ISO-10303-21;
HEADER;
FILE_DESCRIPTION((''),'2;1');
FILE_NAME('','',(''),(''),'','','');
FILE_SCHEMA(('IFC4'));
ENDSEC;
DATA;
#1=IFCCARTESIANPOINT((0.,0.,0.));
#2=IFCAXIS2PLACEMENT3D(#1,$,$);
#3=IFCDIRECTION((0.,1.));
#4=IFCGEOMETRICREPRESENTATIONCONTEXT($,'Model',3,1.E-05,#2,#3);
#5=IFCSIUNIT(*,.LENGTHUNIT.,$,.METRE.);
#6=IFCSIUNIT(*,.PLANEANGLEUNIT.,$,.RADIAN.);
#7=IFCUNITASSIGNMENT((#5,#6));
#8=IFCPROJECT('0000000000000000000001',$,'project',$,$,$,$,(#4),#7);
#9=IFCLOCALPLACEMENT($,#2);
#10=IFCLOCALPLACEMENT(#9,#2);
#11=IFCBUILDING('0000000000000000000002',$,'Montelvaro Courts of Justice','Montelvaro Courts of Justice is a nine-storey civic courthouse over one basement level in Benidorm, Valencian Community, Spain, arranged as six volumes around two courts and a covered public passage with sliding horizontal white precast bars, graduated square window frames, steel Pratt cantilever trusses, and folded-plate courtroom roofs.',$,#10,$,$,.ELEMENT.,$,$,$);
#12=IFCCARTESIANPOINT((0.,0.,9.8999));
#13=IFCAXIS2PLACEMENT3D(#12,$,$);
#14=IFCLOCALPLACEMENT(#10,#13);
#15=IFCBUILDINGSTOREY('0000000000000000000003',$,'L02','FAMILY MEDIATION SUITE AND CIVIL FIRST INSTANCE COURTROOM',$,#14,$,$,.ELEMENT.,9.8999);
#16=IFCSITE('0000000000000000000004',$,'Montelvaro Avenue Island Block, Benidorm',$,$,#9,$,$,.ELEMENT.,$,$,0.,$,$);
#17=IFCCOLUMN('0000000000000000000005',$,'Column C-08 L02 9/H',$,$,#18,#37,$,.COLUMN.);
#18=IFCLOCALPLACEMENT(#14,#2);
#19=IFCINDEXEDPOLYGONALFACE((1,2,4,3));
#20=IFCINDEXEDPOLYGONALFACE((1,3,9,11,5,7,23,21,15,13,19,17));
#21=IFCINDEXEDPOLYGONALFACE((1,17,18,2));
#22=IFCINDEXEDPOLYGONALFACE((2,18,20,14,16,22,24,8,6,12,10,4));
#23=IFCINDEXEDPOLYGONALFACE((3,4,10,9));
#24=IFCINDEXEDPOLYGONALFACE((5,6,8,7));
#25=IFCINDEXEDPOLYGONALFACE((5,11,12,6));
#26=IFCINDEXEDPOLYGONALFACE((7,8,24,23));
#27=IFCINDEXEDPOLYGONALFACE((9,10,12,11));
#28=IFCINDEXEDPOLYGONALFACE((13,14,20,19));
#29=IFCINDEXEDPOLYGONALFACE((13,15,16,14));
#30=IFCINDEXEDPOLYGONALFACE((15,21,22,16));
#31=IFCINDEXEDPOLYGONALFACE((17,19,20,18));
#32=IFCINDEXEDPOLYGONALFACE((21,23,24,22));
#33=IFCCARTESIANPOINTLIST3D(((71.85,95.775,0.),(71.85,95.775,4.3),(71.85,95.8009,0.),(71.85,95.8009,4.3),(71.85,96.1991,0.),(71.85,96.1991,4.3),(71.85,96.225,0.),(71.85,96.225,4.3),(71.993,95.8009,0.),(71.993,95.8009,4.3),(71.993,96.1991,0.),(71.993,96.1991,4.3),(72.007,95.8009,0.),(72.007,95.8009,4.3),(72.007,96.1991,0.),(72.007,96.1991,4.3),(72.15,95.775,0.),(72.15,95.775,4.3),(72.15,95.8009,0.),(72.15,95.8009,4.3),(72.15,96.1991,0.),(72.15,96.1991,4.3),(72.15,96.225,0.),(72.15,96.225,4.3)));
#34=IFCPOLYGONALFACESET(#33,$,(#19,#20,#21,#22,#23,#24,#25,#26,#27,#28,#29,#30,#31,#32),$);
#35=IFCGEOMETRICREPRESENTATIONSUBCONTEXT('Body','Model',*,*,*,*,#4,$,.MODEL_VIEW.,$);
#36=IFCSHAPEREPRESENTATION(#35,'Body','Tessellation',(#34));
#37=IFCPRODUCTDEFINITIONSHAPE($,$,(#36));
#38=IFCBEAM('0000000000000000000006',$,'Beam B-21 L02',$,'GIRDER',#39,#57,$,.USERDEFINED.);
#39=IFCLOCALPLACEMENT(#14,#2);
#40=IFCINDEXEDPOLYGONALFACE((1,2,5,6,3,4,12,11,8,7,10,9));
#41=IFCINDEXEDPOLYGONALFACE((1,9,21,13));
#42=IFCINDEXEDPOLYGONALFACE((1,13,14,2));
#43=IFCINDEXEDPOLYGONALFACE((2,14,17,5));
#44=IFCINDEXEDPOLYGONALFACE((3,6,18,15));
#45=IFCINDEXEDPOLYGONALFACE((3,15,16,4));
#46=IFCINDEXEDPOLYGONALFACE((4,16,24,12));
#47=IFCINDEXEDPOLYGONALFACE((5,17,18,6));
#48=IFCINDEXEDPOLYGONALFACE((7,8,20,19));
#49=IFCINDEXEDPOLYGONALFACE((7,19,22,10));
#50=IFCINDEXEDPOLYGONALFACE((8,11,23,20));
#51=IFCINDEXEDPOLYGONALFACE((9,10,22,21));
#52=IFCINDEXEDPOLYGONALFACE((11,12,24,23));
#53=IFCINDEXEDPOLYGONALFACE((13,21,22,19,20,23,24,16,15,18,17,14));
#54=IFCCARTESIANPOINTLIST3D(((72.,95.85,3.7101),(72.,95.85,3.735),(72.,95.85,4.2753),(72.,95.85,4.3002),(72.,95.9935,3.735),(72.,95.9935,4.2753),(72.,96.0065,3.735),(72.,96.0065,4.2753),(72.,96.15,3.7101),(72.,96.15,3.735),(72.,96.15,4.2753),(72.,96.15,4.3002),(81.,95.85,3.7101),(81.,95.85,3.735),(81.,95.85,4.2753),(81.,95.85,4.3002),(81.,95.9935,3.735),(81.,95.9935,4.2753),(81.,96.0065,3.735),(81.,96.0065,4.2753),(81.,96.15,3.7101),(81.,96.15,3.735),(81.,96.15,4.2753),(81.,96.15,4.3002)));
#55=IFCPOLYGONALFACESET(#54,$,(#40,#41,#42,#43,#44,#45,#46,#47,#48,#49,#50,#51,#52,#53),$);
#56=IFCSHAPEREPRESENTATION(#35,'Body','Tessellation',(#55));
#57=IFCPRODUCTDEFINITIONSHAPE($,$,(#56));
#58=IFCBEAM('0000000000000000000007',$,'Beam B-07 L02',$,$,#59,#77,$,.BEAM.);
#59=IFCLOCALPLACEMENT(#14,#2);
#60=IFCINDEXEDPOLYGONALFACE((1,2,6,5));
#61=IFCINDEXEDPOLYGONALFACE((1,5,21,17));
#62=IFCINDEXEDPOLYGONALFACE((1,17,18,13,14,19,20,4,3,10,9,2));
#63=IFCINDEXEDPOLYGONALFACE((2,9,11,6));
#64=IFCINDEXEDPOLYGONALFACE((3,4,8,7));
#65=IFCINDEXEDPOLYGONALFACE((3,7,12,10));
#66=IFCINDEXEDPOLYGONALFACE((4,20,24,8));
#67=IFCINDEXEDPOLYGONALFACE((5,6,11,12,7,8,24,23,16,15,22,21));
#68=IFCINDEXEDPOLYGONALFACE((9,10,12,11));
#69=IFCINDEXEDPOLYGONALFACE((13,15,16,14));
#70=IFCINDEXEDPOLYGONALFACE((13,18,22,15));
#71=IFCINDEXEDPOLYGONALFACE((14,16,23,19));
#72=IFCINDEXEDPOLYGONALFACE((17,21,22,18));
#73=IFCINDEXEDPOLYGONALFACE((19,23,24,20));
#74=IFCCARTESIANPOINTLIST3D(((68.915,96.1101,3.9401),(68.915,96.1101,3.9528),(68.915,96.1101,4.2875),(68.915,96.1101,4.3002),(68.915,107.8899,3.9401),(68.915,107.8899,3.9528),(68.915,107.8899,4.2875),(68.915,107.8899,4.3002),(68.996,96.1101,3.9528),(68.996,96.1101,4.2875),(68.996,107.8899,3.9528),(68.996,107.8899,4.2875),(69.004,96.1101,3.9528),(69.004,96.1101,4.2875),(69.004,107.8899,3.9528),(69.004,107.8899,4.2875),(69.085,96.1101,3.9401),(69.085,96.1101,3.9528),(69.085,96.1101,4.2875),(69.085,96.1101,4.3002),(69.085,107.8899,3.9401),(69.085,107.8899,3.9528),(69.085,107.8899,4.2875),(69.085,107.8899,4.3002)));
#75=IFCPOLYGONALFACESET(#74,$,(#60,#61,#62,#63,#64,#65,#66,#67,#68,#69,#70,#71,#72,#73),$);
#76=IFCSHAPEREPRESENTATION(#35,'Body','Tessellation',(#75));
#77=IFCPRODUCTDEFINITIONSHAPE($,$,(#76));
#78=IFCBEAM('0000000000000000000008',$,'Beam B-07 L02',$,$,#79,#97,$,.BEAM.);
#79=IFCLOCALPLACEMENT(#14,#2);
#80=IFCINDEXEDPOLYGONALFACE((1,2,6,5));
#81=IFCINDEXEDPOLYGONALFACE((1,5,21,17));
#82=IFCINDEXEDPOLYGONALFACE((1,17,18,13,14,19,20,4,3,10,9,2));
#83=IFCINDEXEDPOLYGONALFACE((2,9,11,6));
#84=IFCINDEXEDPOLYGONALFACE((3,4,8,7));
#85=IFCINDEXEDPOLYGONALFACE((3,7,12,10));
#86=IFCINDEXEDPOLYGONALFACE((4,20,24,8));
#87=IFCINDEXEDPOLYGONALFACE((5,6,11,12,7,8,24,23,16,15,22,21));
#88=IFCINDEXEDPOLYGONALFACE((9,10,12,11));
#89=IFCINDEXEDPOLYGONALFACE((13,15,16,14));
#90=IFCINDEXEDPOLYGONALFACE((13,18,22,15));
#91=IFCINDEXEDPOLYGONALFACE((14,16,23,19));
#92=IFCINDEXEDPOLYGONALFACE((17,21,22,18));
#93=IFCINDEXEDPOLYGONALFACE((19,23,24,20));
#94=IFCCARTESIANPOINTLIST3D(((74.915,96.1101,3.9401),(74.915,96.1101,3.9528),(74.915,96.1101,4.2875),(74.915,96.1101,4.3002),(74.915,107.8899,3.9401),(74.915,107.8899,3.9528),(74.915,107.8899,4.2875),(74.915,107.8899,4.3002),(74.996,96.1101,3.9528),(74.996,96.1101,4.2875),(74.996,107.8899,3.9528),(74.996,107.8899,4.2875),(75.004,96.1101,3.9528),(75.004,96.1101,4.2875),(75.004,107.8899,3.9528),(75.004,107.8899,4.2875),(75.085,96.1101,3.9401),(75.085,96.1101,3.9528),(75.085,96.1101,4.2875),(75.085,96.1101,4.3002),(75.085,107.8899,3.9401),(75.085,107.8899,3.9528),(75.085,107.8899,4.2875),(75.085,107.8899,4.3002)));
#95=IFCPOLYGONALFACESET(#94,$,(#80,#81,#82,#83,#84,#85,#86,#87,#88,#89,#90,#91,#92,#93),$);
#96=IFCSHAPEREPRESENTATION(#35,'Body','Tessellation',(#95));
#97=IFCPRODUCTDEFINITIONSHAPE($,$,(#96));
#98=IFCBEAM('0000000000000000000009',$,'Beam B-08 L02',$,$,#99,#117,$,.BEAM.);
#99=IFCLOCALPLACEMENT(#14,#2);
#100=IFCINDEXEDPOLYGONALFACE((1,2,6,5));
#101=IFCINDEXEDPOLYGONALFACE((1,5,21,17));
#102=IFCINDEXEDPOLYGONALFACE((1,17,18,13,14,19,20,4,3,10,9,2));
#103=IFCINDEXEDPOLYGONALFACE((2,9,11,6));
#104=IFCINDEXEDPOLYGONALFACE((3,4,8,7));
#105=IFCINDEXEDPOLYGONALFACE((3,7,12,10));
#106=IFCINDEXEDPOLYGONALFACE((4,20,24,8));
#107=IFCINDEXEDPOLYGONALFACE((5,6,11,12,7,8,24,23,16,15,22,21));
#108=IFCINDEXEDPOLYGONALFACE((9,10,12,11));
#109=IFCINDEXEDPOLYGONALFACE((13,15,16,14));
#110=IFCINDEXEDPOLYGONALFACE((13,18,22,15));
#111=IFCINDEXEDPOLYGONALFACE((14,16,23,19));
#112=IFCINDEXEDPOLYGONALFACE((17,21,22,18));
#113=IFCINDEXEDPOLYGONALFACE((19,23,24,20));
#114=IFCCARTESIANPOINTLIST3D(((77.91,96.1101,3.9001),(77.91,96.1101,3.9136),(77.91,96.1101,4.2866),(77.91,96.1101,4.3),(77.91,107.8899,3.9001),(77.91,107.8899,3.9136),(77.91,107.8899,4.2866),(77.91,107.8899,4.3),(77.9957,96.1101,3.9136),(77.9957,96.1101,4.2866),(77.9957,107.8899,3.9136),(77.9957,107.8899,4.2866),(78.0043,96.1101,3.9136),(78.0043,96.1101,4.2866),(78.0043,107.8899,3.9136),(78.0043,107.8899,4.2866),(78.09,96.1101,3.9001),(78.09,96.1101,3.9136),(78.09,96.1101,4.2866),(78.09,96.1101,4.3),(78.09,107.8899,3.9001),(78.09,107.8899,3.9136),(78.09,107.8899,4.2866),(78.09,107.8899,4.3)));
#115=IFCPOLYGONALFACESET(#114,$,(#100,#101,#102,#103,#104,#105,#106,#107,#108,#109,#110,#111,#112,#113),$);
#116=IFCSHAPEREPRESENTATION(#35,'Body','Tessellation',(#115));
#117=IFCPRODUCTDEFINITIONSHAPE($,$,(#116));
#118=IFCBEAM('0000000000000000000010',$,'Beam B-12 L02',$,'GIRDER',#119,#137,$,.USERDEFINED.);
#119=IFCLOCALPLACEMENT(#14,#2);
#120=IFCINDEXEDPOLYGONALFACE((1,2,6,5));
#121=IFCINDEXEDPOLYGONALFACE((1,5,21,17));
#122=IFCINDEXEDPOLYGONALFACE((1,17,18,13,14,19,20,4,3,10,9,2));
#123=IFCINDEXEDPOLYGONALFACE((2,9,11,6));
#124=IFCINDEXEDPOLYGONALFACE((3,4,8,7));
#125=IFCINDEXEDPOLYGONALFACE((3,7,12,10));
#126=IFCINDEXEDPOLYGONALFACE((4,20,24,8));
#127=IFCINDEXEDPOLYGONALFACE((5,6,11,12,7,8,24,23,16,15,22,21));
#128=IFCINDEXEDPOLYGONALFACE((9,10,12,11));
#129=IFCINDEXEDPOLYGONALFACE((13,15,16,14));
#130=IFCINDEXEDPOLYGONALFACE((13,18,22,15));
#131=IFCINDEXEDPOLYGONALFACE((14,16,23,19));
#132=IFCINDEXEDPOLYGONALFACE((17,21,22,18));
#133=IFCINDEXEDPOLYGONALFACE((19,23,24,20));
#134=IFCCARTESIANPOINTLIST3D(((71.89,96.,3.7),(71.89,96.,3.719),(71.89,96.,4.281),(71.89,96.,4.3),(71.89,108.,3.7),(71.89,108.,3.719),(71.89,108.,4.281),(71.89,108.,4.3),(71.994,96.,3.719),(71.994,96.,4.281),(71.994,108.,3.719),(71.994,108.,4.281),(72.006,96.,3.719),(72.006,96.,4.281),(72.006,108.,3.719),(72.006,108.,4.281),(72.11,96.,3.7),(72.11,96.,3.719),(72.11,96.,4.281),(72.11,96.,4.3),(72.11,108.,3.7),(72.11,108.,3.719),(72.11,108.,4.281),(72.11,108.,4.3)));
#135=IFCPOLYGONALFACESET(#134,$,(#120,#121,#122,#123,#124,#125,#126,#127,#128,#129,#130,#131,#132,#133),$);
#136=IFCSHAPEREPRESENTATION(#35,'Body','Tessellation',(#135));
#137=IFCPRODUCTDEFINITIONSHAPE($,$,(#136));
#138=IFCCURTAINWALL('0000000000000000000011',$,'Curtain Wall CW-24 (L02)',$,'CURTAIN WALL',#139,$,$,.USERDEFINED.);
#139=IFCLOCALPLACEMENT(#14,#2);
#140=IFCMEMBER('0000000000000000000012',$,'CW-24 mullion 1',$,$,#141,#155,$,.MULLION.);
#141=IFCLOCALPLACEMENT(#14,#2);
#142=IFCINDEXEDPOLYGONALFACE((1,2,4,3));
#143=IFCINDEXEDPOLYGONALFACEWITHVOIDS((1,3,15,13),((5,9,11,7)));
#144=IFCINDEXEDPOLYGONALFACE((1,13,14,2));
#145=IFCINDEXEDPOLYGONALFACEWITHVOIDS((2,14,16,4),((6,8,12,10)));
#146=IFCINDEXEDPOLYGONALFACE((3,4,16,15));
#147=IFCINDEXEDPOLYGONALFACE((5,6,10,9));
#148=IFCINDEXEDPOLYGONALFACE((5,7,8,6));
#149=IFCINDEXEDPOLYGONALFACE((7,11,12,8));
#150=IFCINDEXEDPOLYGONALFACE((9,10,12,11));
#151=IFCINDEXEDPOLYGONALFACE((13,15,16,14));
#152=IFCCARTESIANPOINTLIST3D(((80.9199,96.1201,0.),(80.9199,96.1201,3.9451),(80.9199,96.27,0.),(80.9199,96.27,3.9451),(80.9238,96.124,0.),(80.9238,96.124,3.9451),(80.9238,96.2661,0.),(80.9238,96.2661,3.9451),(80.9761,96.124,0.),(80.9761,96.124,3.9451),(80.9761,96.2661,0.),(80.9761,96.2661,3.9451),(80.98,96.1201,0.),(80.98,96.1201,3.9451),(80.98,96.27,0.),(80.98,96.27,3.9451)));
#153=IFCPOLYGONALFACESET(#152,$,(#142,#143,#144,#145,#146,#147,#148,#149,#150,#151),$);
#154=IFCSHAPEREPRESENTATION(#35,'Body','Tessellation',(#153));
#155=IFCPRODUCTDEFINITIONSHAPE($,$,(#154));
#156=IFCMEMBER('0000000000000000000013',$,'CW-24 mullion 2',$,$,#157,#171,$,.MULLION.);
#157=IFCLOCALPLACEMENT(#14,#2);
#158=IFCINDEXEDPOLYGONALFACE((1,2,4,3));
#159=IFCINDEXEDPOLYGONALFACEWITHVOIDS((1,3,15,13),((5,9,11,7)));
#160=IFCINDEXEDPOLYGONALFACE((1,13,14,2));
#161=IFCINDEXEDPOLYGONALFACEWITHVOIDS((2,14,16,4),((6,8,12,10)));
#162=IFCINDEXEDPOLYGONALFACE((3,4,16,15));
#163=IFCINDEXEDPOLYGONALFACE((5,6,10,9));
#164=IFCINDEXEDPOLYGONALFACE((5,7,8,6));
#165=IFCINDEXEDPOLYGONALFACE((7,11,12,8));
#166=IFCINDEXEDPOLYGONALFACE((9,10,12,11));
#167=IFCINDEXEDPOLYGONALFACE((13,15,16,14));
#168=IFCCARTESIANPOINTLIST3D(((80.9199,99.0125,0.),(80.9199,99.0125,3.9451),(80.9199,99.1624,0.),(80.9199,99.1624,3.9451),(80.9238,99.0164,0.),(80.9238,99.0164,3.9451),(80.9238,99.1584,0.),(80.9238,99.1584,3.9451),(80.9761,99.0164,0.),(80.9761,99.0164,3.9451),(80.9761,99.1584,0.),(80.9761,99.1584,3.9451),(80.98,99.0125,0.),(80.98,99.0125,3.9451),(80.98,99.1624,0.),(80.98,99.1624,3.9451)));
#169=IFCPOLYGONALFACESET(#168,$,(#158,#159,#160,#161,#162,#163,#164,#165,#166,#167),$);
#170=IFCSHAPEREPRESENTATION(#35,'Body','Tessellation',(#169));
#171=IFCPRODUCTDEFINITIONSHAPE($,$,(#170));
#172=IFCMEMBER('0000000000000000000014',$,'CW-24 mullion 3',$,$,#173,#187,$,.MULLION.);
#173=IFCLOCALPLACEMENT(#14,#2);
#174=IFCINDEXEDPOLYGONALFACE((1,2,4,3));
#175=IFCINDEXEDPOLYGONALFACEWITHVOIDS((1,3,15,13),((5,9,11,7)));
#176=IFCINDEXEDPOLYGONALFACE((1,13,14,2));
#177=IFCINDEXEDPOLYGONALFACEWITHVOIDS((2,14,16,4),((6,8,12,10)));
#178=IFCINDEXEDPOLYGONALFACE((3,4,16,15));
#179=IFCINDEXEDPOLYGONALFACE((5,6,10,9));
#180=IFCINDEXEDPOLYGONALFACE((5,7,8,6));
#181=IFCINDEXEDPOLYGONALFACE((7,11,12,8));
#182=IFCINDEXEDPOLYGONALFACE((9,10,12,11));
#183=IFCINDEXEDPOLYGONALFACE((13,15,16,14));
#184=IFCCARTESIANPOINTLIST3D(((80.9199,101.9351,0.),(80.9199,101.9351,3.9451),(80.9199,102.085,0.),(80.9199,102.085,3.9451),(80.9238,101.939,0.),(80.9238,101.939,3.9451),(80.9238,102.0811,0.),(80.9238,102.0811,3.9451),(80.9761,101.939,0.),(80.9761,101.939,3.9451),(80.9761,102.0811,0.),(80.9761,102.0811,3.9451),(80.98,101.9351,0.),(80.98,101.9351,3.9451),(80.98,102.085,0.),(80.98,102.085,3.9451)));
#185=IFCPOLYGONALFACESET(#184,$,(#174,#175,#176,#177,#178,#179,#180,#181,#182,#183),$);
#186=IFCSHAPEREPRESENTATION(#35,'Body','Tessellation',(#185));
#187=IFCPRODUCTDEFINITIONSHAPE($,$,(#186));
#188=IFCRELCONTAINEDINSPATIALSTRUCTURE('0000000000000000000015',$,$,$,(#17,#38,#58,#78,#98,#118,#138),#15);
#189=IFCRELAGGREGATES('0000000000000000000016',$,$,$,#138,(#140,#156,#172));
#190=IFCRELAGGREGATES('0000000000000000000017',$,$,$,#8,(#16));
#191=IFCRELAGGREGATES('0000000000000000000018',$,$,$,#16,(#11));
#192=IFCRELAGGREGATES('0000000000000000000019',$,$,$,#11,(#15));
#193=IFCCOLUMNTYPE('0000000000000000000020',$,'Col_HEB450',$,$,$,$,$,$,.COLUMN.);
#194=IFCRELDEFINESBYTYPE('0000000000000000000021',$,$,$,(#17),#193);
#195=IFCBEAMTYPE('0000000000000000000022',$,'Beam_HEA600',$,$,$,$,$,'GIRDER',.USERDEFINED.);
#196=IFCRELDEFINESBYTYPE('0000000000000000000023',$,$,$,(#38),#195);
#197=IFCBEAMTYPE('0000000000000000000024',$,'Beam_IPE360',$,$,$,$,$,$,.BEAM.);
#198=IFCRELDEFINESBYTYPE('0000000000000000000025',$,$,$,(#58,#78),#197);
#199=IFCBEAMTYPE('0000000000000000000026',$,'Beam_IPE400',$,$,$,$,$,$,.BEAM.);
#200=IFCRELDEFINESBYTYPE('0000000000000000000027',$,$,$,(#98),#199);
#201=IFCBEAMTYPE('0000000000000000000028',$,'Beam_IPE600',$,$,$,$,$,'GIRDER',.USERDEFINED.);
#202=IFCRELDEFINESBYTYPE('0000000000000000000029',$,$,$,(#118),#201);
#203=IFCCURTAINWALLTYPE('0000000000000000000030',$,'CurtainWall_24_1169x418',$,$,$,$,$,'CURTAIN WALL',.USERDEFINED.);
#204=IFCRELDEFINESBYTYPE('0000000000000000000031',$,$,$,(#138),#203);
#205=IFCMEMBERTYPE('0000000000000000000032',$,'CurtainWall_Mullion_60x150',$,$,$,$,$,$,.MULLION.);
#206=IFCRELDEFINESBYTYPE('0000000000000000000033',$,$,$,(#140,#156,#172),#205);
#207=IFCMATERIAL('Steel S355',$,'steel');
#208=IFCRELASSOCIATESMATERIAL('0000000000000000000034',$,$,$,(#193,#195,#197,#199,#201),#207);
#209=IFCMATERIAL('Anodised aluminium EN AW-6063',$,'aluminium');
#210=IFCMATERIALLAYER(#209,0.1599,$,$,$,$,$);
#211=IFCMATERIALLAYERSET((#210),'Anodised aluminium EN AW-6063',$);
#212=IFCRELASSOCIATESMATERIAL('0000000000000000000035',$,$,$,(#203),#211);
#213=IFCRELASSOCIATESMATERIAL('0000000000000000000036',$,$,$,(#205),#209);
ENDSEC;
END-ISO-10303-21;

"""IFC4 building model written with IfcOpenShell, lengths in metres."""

from ifc_helpers import new_model, si_unit, direction, frame, origin, origin_2d, place, context, subcontext, project, spatial, hollow_rectangle, i_section, extrude, material, layer, layer_set, material_profile, profile_set, type_object, element, aggregate, save


model = new_model("IFC4")

# Units and contexts
model_context = context("Model", 3, precision=1e-05, world=origin(), true_north=direction((0.0, 1.0)))
body_context = subcontext(model_context, "Body", "Model", "MODEL_VIEW")
ifc_project = project(units=[si_unit("LENGTHUNIT", "METRE"), si_unit("PLANEANGLEUNIT", "RADIAN")], contexts=[model_context])

# Site, building, storey
site_placement = place(None, origin())
site = spatial("IfcSite", under=ifc_project, at=site_placement, Name="Montelvaro Avenue Island Block, Benidorm", CompositionType="ELEMENT", RefElevation=0.0)
building_placement = place(site_placement, origin())
building = spatial("IfcBuilding", under=site, at=building_placement, Name="Montelvaro Courts of Justice", Description="Montelvaro Courts of Justice is a nine-storey civic courthouse over one basement level in Benidorm, Valencian Community, Spain, arranged as six volumes around two courts and a covered public passage with sliding horizontal white precast bars, graduated square window frames, steel Pratt cantilever trusses, and folded-plate courtroom roofs.", CompositionType="ELEMENT")
storey_placement = place(building_placement, frame((0.0, 0.0, 9.8999)))
storey = spatial("IfcBuildingStorey", under=building, at=storey_placement, Name="L02", Description="FAMILY MEDIATION SUITE AND CIVIL FIRST INSTANCE COURTROOM", CompositionType="ELEMENT", Elevation=9.8999)

# Column
ifc_material_1 = material(Name="Steel S355", Category="steel")
ifc_material_profile_1 = material_profile(ifc_material_1, i_section(OverallWidth=0.3, OverallDepth=0.45, WebThickness=0.0139, FlangeThickness=0.0259, at=origin_2d()), Name="HEB 450")
ifc_profile_set_1 = profile_set([ifc_material_profile_1], Name="Steel S355")
column_type = type_object("IfcColumnType", Name="Col_HEB450", PredefinedType="COLUMN", material=ifc_profile_set_1)
column_placement = place(storey_placement, frame((72.0, 96.0, 0.0), z_axis=(0.0, 0.0, 1.0), x_axis=(1.0, 0.0, 0.0)))
element("IfcColumn", 1, at=column_placement, inside=storey, type_object=column_type, Name="Column C-08 L02 9/H", PredefinedType="COLUMN", context=body_context, shape_type="SweptSolid", body=[
    extrude(i_section(OverallWidth=0.3, OverallDepth=0.45, WebThickness=0.0139, FlangeThickness=0.0259, at=origin_2d()), origin(), (0.0, 0.0, 1.0), 4.3),
])

# Beams
ifc_material_profile_2 = material_profile(ifc_material_1, i_section(OverallWidth=0.3, OverallDepth=0.5901, WebThickness=0.0129, FlangeThickness=0.0249, at=origin_2d()), Name="HEA 600")
ifc_profile_set_2 = profile_set([ifc_material_profile_2], Name="Steel S355")
beam_type_1 = type_object("IfcBeamType", Name="Beam_HEA600", ElementType="GIRDER", PredefinedType="USERDEFINED", material=ifc_profile_set_2)
beam_1_placement = place(storey_placement, frame((72.0, 96.0, 4.0051), z_axis=(1.0, 0.0, 0.0), x_axis=(0.0, 1.0, 0.0)))
element("IfcBeam", 2, at=beam_1_placement, inside=storey, type_object=beam_type_1, Name="Beam B-21 L02", ObjectType="GIRDER", PredefinedType="USERDEFINED", context=body_context, shape_type="SweptSolid", body=[
    extrude(i_section(OverallWidth=0.3, OverallDepth=0.5901, WebThickness=0.0129, FlangeThickness=0.0249, at=origin_2d()), origin(), (0.0, 0.0, 1.0), 9.0),
])
ifc_material_profile_3 = material_profile(ifc_material_1, i_section(OverallWidth=0.1699, OverallDepth=0.3601, WebThickness=0.0081, FlangeThickness=0.0127, at=origin_2d()), Name="IPE 360")
ifc_profile_set_3 = profile_set([ifc_material_profile_3], Name="Steel S355")
beam_type_2 = type_object("IfcBeamType", Name="Beam_IPE360", PredefinedType="BEAM", material=ifc_profile_set_3)
for number, where, z_axis, x_axis, name in (
    (3, (69.0, 96.1101, 4.1201), (0.0, 1.0, 0.0), (-1.0, 0.0, 0.0), "Beam B-07 L02"),
    (4, (75.0, 96.1101, 4.1201), (0.0, 1.0, 0.0), (-1.0, 0.0, 0.0), "Beam B-07 L02"),
):
    element("IfcBeam", number, at=place(storey_placement, frame(where, z_axis=z_axis, x_axis=x_axis)), inside=storey, type_object=beam_type_2, Name=name, PredefinedType="BEAM", context=body_context, shape_type="SweptSolid", body=[
        extrude(i_section(OverallWidth=0.1699, OverallDepth=0.3601, WebThickness=0.0081, FlangeThickness=0.0127, at=origin_2d()), origin(), (0.0, 0.0, 1.0), 11.7798),
    ])
ifc_material_profile_4 = material_profile(ifc_material_1, i_section(OverallWidth=0.1799, OverallDepth=0.3999, WebThickness=0.0085, FlangeThickness=0.0134, at=origin_2d()), Name="IPE 400")
ifc_profile_set_4 = profile_set([ifc_material_profile_4], Name="Steel S355")
beam_type_3 = type_object("IfcBeamType", Name="Beam_IPE400", PredefinedType="BEAM", material=ifc_profile_set_4)
beam_2_placement = place(storey_placement, frame((78.0, 96.1101, 4.1001), z_axis=(0.0, 1.0, 0.0), x_axis=(-1.0, 0.0, 0.0)))
element("IfcBeam", 5, at=beam_2_placement, inside=storey, type_object=beam_type_3, Name="Beam B-08 L02", PredefinedType="BEAM", context=body_context, shape_type="SweptSolid", body=[
    extrude(i_section(OverallWidth=0.1799, OverallDepth=0.3999, WebThickness=0.0085, FlangeThickness=0.0134, at=origin_2d()), origin(), (0.0, 0.0, 1.0), 11.7798),
])
ifc_material_profile_5 = material_profile(ifc_material_1, i_section(OverallWidth=0.22, OverallDepth=0.6001, WebThickness=0.012, FlangeThickness=0.019, at=origin_2d()), Name="IPE 600")
ifc_profile_set_5 = profile_set([ifc_material_profile_5], Name="Steel S355")
beam_type_4 = type_object("IfcBeamType", Name="Beam_IPE600", ElementType="GIRDER", PredefinedType="USERDEFINED", material=ifc_profile_set_5)
beam_3_placement = place(storey_placement, frame((72.0, 96.0, 4.0), z_axis=(0.0, 1.0, 0.0), x_axis=(-1.0, 0.0, 0.0)))
element("IfcBeam", 6, at=beam_3_placement, inside=storey, type_object=beam_type_4, Name="Beam B-12 L02", ObjectType="GIRDER", PredefinedType="USERDEFINED", context=body_context, shape_type="SweptSolid", body=[
    extrude(i_section(OverallWidth=0.22, OverallDepth=0.6001, WebThickness=0.012, FlangeThickness=0.019, at=origin_2d()), origin(), (0.0, 0.0, 1.0), 12.0),
])

# Curtain wall, members
ifc_material_2 = material(Name="Anodised aluminium EN AW-6063", Category="aluminium")
ifc_layer_1 = layer(ifc_material_2, 0.1599)
ifc_layer_set_1 = layer_set([ifc_layer_1], Name="Anodised aluminium EN AW-6063")
curtain_wall_type = type_object("IfcCurtainWallType", Name="CurtainWall_24_1169x418", ElementType="CURTAIN WALL", PredefinedType="USERDEFINED", material=ifc_layer_set_1)
curtain_wall_placement = place(storey_placement, origin())
curtain_wall = element("IfcCurtainWall", 7, at=curtain_wall_placement, inside=storey, type_object=curtain_wall_type, Name="Curtain Wall CW-24 (L02)", ObjectType="CURTAIN WALL", PredefinedType="USERDEFINED")
ifc_material_profile_6 = material_profile(ifc_material_2, hollow_rectangle(XDim=0.0601, YDim=0.1499, WallThickness=0.0039, at=origin_2d()), Name="ALU-M 60x150")
ifc_profile_set_6 = profile_set([ifc_material_profile_6], Name="Anodised aluminium EN AW-6063")
member_type_1 = type_object("IfcMemberType", Name="CurtainWall_Mullion_60x150", PredefinedType="MULLION", material=ifc_profile_set_6)
member_1_placement = place(storey_placement, frame((80.95, 96.1951, 0.0), z_axis=(0.0, 0.0, 1.0), x_axis=(-1.0, 0.0, 0.0)))
member_1 = element("IfcMember", 8, at=member_1_placement, type_object=member_type_1, Name="CW-24 mullion 1", PredefinedType="MULLION", context=body_context, shape_type="SweptSolid", body=[
    extrude(hollow_rectangle(XDim=0.0601, YDim=0.1499, WallThickness=0.0039, at=origin_2d()), origin(), (0.0, 0.0, 1.0), 3.9451),
])
member_2_placement = place(storey_placement, frame((80.95, 99.0874, 0.0), z_axis=(0.0, 0.0, 1.0), x_axis=(-1.0, 0.0, 0.0)))
member_2 = element("IfcMember", 9, at=member_2_placement, type_object=member_type_1, Name="CW-24 mullion 2", PredefinedType="MULLION", context=body_context, shape_type="SweptSolid", body=[
    extrude(hollow_rectangle(XDim=0.0601, YDim=0.1499, WallThickness=0.0039, at=origin_2d()), origin(), (0.0, 0.0, 1.0), 3.9451),
])
member_3_placement = place(storey_placement, frame((80.95, 102.01, 0.0), z_axis=(0.0, 0.0, 1.0), x_axis=(-1.0, 0.0, 0.0)))
member_3 = element("IfcMember", 10, at=member_3_placement, type_object=member_type_1, Name="CW-24 mullion 3", PredefinedType="MULLION", context=body_context, shape_type="SweptSolid", body=[
    extrude(hollow_rectangle(XDim=0.0601, YDim=0.1499, WallThickness=0.0039, at=origin_2d()), origin(), (0.0, 0.0, 1.0), 3.9451),
])
aggregate(curtain_wall, [member_1, member_2, member_3])

save(model, "model.ifc")
